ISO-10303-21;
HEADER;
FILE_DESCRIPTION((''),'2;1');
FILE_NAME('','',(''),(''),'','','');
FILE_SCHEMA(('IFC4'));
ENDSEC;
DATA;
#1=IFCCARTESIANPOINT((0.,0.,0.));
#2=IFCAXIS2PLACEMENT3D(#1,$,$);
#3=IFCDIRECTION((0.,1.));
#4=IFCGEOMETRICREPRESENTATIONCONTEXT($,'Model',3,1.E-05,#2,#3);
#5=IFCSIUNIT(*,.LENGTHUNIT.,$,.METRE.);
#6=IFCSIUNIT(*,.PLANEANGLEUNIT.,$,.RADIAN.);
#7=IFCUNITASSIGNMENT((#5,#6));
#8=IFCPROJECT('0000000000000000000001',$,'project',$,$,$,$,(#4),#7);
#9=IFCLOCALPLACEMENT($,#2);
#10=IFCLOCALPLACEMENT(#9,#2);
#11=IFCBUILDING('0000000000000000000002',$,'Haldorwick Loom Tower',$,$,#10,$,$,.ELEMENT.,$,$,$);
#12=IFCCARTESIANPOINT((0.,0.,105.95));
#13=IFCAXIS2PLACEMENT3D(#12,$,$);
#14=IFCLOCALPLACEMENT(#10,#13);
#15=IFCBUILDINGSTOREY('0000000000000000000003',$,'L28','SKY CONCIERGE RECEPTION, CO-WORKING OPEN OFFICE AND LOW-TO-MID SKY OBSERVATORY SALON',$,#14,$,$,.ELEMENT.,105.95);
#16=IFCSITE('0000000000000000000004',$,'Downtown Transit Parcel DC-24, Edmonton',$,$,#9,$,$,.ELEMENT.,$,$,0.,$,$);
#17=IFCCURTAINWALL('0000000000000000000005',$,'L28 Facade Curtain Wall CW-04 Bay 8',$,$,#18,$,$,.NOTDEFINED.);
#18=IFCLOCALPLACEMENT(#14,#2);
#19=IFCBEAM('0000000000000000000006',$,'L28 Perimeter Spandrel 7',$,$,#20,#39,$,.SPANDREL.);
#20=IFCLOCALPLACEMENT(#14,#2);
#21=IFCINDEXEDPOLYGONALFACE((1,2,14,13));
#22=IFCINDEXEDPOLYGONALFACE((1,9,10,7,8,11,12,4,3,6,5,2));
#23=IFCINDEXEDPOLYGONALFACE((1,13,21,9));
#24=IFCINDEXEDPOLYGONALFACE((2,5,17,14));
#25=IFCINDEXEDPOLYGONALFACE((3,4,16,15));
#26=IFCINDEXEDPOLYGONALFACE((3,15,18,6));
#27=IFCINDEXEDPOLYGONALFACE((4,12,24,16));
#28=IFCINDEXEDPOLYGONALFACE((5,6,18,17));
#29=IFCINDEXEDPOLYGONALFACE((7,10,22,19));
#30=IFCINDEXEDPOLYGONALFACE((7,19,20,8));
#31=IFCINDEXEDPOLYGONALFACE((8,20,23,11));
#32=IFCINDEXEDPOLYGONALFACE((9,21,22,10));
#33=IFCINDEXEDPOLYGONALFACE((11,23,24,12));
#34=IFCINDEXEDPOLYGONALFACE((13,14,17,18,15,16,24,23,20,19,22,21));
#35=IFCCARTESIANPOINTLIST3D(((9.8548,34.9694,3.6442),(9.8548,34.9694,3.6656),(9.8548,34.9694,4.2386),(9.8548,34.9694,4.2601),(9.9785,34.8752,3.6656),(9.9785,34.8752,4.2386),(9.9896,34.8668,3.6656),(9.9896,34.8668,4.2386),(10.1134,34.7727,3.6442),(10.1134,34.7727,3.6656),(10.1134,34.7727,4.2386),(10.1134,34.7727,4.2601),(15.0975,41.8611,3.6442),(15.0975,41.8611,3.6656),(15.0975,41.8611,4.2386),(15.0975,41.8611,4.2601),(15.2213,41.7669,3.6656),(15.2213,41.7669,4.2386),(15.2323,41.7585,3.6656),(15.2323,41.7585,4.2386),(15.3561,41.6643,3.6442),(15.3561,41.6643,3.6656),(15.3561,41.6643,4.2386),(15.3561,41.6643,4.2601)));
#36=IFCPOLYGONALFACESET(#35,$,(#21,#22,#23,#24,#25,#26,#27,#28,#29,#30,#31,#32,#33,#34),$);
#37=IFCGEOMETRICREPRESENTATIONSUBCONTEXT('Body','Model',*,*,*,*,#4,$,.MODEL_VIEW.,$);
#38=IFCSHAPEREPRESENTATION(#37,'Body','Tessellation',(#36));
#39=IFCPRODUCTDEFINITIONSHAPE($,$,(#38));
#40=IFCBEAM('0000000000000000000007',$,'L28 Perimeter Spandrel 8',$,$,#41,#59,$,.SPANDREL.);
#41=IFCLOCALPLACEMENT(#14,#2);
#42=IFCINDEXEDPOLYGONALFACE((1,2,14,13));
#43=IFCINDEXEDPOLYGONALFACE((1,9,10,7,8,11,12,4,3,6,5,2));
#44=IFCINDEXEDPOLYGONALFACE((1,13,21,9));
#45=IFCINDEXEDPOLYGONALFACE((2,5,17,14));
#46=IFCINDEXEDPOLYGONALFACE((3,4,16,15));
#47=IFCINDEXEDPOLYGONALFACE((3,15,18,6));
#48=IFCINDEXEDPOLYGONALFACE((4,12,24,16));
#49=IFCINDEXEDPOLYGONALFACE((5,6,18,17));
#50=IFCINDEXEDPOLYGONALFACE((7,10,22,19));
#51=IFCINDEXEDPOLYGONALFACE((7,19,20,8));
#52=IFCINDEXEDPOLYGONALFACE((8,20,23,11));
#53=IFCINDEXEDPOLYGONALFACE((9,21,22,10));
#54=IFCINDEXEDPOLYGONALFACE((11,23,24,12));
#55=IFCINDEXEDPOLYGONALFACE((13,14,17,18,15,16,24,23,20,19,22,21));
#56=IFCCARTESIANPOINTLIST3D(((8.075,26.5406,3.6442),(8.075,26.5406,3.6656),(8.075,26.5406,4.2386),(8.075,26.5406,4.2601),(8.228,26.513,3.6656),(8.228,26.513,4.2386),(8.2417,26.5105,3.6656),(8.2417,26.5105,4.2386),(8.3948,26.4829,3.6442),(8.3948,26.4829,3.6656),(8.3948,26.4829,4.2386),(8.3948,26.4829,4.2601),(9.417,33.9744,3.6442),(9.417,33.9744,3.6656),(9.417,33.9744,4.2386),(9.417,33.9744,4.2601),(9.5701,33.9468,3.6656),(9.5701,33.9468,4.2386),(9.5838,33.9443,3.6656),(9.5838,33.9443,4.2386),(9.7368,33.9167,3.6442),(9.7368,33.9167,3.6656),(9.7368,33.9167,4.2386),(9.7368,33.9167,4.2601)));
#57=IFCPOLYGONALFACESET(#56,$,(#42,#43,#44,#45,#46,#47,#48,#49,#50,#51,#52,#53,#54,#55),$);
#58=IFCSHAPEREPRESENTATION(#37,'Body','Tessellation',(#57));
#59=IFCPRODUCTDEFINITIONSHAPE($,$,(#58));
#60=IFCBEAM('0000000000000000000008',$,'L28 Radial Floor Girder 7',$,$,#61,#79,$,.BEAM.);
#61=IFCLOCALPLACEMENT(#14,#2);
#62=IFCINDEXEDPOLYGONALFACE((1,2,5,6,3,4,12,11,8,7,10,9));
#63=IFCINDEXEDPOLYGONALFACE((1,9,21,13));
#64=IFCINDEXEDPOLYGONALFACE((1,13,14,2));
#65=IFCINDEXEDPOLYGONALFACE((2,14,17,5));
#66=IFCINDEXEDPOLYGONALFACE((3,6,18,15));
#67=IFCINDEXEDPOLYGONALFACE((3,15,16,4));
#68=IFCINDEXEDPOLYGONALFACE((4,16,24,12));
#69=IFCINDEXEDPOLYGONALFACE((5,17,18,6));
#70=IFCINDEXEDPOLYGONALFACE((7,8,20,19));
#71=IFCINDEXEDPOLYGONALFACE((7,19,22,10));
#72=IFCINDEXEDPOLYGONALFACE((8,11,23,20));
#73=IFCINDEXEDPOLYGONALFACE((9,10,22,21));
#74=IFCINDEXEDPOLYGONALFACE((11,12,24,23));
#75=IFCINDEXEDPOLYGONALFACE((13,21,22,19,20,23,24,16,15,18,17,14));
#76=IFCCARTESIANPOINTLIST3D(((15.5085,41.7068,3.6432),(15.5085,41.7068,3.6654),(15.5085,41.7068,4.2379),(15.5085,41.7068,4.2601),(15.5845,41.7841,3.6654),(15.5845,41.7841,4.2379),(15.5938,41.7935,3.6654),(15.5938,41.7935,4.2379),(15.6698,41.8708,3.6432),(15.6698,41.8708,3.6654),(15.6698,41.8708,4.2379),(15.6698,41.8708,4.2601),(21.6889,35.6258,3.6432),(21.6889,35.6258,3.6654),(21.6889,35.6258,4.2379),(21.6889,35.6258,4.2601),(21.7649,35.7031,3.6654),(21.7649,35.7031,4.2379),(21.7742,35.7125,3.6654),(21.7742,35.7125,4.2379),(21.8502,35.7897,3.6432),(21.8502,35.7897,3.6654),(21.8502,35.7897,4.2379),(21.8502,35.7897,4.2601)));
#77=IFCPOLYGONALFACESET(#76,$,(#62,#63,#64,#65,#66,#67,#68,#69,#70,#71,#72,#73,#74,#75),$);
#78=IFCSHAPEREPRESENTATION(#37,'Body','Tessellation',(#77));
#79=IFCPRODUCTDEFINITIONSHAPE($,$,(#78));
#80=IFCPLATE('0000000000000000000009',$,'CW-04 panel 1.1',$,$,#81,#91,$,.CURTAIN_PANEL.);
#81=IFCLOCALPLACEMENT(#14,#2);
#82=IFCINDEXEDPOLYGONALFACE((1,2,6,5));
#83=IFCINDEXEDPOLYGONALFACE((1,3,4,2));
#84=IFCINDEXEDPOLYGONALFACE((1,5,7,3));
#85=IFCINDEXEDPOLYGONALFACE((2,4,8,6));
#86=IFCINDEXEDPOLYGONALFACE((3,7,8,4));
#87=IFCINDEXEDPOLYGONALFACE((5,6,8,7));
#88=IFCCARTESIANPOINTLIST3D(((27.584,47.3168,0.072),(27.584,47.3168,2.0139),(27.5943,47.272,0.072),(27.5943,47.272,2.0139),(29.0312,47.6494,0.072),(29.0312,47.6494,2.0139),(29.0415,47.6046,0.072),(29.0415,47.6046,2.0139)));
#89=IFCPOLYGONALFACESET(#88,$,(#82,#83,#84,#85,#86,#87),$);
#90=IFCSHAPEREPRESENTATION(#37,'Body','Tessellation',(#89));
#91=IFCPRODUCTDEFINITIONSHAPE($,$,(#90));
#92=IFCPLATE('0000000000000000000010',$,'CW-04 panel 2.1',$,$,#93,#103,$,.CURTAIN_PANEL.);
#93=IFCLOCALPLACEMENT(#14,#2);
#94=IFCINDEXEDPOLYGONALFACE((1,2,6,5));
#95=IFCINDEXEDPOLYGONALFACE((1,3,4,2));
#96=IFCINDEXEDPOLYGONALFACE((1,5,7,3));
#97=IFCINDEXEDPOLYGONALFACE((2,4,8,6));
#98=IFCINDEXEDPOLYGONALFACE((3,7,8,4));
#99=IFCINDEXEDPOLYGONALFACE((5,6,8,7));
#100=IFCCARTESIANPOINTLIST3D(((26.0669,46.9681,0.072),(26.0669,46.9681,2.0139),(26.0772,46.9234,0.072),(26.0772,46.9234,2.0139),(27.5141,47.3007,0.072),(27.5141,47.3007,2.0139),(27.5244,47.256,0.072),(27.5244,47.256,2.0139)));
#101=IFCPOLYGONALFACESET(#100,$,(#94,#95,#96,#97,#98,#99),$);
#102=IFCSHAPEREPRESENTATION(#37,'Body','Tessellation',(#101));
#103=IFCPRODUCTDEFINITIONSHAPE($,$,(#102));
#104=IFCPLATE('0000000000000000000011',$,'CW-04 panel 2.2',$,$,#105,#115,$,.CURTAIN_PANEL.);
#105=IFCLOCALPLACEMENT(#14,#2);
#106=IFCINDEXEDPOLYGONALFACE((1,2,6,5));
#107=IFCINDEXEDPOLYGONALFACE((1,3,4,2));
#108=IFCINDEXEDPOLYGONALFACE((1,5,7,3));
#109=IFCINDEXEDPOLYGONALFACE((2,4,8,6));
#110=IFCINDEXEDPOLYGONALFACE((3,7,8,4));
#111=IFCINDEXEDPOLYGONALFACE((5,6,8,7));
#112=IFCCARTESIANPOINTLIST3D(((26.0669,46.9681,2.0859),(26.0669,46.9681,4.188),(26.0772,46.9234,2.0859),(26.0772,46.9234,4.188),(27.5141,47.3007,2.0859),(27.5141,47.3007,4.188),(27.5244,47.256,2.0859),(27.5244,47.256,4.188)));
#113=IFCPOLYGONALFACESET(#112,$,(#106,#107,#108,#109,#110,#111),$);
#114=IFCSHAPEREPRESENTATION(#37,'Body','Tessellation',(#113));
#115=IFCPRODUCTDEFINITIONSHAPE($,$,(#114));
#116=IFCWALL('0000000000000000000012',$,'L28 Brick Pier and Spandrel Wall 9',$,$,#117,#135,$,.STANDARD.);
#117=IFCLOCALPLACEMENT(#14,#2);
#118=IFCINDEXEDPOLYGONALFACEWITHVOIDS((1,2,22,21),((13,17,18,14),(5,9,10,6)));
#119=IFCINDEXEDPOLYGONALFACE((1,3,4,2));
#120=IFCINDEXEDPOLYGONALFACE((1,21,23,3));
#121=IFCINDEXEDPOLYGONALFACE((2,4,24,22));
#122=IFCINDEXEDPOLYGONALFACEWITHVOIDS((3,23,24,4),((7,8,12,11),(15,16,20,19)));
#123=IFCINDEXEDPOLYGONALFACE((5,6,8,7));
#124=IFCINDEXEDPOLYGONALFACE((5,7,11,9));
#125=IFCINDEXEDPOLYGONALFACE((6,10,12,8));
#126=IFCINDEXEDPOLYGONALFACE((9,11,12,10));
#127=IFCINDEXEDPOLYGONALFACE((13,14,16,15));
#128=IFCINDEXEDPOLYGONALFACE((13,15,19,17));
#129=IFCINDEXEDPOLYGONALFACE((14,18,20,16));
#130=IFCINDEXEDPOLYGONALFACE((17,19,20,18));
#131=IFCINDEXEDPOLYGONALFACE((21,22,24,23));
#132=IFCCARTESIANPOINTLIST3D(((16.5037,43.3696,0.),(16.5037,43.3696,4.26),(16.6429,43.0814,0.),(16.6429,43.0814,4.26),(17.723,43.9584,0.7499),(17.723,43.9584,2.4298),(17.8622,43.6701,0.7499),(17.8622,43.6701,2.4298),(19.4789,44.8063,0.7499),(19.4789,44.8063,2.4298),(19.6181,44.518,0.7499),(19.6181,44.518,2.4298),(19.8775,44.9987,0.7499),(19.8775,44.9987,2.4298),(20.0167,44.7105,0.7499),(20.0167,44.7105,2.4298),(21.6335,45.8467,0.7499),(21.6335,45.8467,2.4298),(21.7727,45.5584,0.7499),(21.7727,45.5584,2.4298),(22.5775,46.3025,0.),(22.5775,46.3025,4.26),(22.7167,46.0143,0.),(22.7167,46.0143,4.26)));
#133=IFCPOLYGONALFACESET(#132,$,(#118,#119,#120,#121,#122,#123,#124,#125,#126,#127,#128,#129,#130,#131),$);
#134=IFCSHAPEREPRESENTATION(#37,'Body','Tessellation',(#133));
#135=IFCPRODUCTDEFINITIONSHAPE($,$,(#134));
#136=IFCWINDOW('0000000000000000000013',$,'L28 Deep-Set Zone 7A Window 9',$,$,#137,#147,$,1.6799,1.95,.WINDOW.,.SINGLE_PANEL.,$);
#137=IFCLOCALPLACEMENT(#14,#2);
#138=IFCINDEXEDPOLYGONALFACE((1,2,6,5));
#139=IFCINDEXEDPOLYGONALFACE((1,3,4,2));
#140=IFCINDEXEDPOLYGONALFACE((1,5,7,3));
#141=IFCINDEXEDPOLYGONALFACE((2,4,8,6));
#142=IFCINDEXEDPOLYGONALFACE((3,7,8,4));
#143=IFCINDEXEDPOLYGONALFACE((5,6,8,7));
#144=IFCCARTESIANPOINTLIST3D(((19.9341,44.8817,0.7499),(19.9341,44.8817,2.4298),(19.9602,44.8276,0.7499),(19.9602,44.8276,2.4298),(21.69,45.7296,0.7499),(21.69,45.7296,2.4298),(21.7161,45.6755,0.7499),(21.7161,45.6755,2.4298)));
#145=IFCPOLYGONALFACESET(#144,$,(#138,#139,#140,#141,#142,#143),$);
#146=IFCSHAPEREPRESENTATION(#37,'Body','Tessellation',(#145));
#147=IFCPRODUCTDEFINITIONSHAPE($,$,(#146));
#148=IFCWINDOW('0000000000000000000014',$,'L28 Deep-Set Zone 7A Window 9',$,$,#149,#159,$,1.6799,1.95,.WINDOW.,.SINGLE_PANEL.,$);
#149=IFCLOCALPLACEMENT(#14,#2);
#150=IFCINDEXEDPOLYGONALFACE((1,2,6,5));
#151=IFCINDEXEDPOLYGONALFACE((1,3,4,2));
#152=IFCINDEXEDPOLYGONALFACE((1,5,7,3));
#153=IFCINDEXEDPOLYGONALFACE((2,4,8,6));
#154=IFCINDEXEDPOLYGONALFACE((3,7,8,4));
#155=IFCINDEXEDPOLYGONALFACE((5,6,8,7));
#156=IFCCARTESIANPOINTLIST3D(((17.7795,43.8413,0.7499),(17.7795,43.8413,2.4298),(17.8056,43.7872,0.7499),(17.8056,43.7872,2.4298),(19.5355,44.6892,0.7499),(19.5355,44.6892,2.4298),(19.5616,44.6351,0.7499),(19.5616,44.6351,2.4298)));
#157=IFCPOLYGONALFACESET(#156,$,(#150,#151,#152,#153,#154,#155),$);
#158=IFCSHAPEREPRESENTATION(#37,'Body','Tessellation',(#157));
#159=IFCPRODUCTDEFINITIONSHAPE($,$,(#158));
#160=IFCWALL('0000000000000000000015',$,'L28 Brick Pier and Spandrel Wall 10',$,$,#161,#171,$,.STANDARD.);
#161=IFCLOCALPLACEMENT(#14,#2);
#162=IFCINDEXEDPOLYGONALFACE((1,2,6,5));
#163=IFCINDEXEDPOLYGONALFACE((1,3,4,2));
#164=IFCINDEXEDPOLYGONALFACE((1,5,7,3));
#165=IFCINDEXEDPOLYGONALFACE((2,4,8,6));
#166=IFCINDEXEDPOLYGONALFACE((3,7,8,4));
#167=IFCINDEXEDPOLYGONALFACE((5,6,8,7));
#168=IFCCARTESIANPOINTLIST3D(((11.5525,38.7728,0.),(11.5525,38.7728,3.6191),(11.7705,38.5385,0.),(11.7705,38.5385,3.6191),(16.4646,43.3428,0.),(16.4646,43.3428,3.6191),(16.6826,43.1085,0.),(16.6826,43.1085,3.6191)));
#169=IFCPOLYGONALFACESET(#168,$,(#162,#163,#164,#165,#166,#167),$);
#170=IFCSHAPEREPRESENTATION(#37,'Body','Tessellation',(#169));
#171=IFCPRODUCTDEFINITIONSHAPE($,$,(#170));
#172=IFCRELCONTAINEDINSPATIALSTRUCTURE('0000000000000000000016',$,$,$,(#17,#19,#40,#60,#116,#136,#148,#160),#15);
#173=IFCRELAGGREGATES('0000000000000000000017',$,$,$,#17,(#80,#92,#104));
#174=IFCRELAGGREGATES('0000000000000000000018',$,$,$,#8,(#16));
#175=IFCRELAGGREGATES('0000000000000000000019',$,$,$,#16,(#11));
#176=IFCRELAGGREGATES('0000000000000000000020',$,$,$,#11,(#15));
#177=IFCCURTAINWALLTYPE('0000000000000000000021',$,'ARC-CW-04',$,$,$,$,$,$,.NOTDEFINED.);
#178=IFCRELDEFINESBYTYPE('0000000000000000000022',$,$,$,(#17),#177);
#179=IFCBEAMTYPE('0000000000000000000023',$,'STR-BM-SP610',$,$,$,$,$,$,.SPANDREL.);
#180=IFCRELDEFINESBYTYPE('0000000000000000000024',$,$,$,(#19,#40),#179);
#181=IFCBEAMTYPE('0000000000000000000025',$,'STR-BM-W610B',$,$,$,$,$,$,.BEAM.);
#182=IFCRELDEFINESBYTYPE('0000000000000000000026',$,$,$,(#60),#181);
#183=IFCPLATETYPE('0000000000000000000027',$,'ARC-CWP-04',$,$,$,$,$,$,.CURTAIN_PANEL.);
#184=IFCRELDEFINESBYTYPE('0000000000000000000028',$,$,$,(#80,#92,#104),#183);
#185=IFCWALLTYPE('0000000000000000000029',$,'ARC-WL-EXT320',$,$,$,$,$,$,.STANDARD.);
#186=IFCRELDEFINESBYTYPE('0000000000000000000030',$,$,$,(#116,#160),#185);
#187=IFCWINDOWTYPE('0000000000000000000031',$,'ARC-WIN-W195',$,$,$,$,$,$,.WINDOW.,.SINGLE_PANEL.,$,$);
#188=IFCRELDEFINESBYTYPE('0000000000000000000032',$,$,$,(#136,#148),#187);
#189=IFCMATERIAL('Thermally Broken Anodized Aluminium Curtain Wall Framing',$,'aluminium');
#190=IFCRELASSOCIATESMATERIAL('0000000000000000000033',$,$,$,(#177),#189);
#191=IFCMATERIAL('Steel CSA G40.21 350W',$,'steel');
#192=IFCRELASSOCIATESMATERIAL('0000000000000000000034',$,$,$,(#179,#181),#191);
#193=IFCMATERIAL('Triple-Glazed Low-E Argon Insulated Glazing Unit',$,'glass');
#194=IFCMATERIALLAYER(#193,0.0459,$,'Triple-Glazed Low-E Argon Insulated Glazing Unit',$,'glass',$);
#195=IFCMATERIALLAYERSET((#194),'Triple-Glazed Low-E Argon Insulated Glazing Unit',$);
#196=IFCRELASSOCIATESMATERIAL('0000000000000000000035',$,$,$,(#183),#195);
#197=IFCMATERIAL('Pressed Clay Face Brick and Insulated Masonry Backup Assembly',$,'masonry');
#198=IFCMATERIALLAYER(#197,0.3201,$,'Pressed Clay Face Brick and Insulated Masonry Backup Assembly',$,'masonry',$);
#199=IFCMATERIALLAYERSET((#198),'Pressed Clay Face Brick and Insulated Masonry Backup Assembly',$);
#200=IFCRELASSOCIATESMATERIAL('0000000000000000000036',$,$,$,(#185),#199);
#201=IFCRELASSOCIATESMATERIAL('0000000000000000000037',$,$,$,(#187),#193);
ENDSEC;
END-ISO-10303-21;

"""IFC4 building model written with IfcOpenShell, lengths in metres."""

from ifc_helpers import new_model, si_unit, direction, frame, frame_2d, origin, origin_2d, place, context, subcontext, project, spatial, rectangle, i_section, extrude, material, layer, layer_set, material_profile, profile_set, type_object, element, fill, aggregate, save


model = new_model("IFC4")

# Units and contexts
model_context = context("Model", 3, precision=1e-05, world=origin(), true_north=direction((0.0, 1.0)))
body_context = subcontext(model_context, "Body", "Model", "MODEL_VIEW")
ifc_project = project(units=[si_unit("LENGTHUNIT", "METRE"), si_unit("PLANEANGLEUNIT", "RADIAN")], contexts=[model_context])

# Site, building, storey
site_placement = place(None, origin())
site = spatial("IfcSite", under=ifc_project, at=site_placement, Name="Downtown Transit Parcel DC-24, Edmonton", CompositionType="ELEMENT", RefElevation=0.0)
building_placement = place(site_placement, origin())
building = spatial("IfcBuilding", under=site, at=building_placement, Name="Haldorwick Loom Tower", CompositionType="ELEMENT")
storey_placement = place(building_placement, frame((0.0, 0.0, 105.95)))
storey = spatial("IfcBuildingStorey", under=building, at=storey_placement, Name="L28", Description="SKY CONCIERGE RECEPTION, CO-WORKING OPEN OFFICE AND LOW-TO-MID SKY OBSERVATORY SALON", CompositionType="ELEMENT", Elevation=105.95)

# Curtain wall
ifc_material_1 = material(Name="Thermally Broken Anodized Aluminium Curtain Wall Framing", Category="aluminium")
curtain_wall_type = type_object("IfcCurtainWallType", Name="ARC-CW-04", PredefinedType="NOTDEFINED", material=ifc_material_1)
curtain_wall_placement = place(storey_placement, origin())
curtain_wall = element("IfcCurtainWall", 1, at=curtain_wall_placement, inside=storey, type_object=curtain_wall_type, Name="L28 Facade Curtain Wall CW-04 Bay 8", PredefinedType="NOTDEFINED")

# Beams
ifc_material_2 = material(Name="Steel CSA G40.21 350W", Category="steel")
ifc_material_profile_1 = material_profile(ifc_material_2, i_section(OverallWidth=0.325, OverallDepth=0.616, WebThickness=0.0139, FlangeThickness=0.0215, at=origin_2d()), Name="W610X174", Category="steel")
ifc_profile_set_1 = profile_set([ifc_material_profile_1], Name="Steel CSA G40.21 350W")
beam_type_1 = type_object("IfcBeamType", Name="STR-BM-SP610", PredefinedType="SPANDREL", material=ifc_profile_set_1)
beam_1_placement = place(storey_placement, frame((15.2268, 41.7627, 3.9521), z_axis=(-0.605454, -0.795881, 0.0), x_axis=(0.795881, -0.605454, 0.0)))
element("IfcBeam", 2, at=beam_1_placement, inside=storey, type_object=beam_type_1, Name="L28 Perimeter Spandrel 7", PredefinedType="SPANDREL", context=body_context, shape_type="SweptSolid", body=[
    extrude(i_section(OverallWidth=0.325, OverallDepth=0.616, WebThickness=0.0139, FlangeThickness=0.0215, at=origin_2d()), origin(), (0.0, 0.0, 1.0), 8.6592),
])
beam_2_placement = place(storey_placement, frame((9.5769, 33.9456, 3.9521), z_axis=(-0.177659, -0.984092, 0.0), x_axis=(0.984092, -0.177659, 0.0)))
element("IfcBeam", 3, at=beam_2_placement, inside=storey, type_object=beam_type_1, Name="L28 Perimeter Spandrel 8", PredefinedType="SPANDREL", context=body_context, shape_type="SweptSolid", body=[
    extrude(i_section(OverallWidth=0.325, OverallDepth=0.616, WebThickness=0.0139, FlangeThickness=0.0215, at=origin_2d()), origin(), (0.0, 0.0, 1.0), 7.554),
])
ifc_material_profile_2 = material_profile(ifc_material_2, i_section(OverallWidth=0.23, OverallDepth=0.6169, WebThickness=0.0132, FlangeThickness=0.0222, at=origin_2d()), Name="W610X140", Category="steel")
ifc_profile_set_2 = profile_set([ifc_material_profile_2], Name="Steel CSA G40.21 350W")
beam_type_2 = type_object("IfcBeamType", Name="STR-BM-W610B", PredefinedType="BEAM", material=ifc_profile_set_2)
beam_3_placement = place(storey_placement, frame((21.7695, 35.7078, 3.9517), z_axis=(-0.712814, 0.701353, 0.0), x_axis=(-0.701353, -0.712814, 0.0)))
element("IfcBeam", 4, at=beam_3_placement, inside=storey, type_object=beam_type_2, Name="L28 Radial Floor Girder 7", PredefinedType="BEAM", context=body_context, shape_type="SweptSolid", body=[
    extrude(i_section(OverallWidth=0.23, OverallDepth=0.6169, WebThickness=0.0132, FlangeThickness=0.0222, at=origin_2d()), origin(), (0.0, 0.0, 1.0), 8.6704),
])

# Plates
ifc_material_3 = material(Name="Triple-Glazed Low-E Argon Insulated Glazing Unit", Category="glass")
ifc_layer_1 = layer(ifc_material_3, 0.0459, Name="Triple-Glazed Low-E Argon Insulated Glazing Unit", Category="glass")
ifc_layer_set_1 = layer_set([ifc_layer_1], Name="Triple-Glazed Low-E Argon Insulated Glazing Unit")
plate_type = type_object("IfcPlateType", Name="ARC-CWP-04", PredefinedType="CURTAIN_PANEL", material=ifc_layer_set_1)
plate_1_placement = place(storey_placement, frame((28.3127, 47.4607, 0.072), z_axis=(0.0, 0.0, 1.0), x_axis=(-0.974593, -0.223981, 0.0)))
plate_1 = element("IfcPlate", 5, at=plate_1_placement, type_object=plate_type, Name="CW-04 panel 1.1", PredefinedType="CURTAIN_PANEL", context=body_context, shape_type="SweptSolid", body=[
    extrude(rectangle(XDim=1.4849, YDim=0.0459, at=origin_2d()), origin(), (0.0, 0.0, 1.0), 1.9419),
])
plate_2_placement = place(storey_placement, frame((26.7957, 47.1121, 0.072), z_axis=(0.0, 0.0, 1.0), x_axis=(-0.974593, -0.223981, 0.0)))
plate_2 = element("IfcPlate", 6, at=plate_2_placement, type_object=plate_type, Name="CW-04 panel 2.1", PredefinedType="CURTAIN_PANEL", context=body_context, shape_type="SweptSolid", body=[
    extrude(rectangle(XDim=1.4849, YDim=0.0459, at=origin_2d()), origin(), (0.0, 0.0, 1.0), 1.9419),
])
plate_3_placement = place(storey_placement, frame((26.7957, 47.1121, 2.0859), z_axis=(0.0, 0.0, 1.0), x_axis=(-0.974593, -0.223981, 0.0)))
plate_3 = element("IfcPlate", 7, at=plate_3_placement, type_object=plate_type, Name="CW-04 panel 2.2", PredefinedType="CURTAIN_PANEL", context=body_context, shape_type="SweptSolid", body=[
    extrude(rectangle(XDim=1.4849, YDim=0.0459, at=origin_2d()), origin(), (0.0, 0.0, 1.0), 2.1021),
])
aggregate(curtain_wall, [plate_1, plate_2, plate_3])

# Wall, openings, windows
ifc_material_4 = material(Name="Pressed Clay Face Brick and Insulated Masonry Backup Assembly", Category="masonry")
ifc_layer_2 = layer(ifc_material_4, 0.3201, Name="Pressed Clay Face Brick and Insulated Masonry Backup Assembly", Category="masonry")
ifc_layer_set_2 = layer_set([ifc_layer_2], Name="Pressed Clay Face Brick and Insulated Masonry Backup Assembly")
wall_type_1 = type_object("IfcWallType", Name="ARC-WL-EXT320", PredefinedType="STANDARD", material=ifc_layer_set_2)
wall_1_placement = place(storey_placement, frame((22.6472, 46.1584, 0.0), z_axis=(0.0, 0.0, 1.0), x_axis=(-0.90051, -0.434835, 0.0)))
wall_1 = element("IfcWall", 8, at=wall_1_placement, inside=storey, type_object=wall_type_1, Name="L28 Brick Pier and Spandrel Wall 9", PredefinedType="STANDARD", context=body_context, shape_type="SweptSolid", body=[
    extrude(rectangle(XDim=6.7449, YDim=0.3201, at=frame_2d((3.3726, 0.0))), origin(), (0.0, 0.0, 1.0), 4.26),
])
opening_1_placement = place(wall_1_placement, frame((1.0483, 0.0, 0.75)))
opening_1 = element("IfcOpeningElement", 9, at=opening_1_placement, cuts=wall_1, PredefinedType="OPENING", context=body_context, shape_type="SweptSolid", body=[
    extrude(rectangle(XDim=1.95, YDim=1.6799, at=frame_2d((0.9751, 0.8398))), frame((0.0, 0.1699, 0.0), z_axis=(0.0, -1.0, 0.0), x_axis=(1.0, 0.0, 0.0)), (0.0, 0.0, 1.0), 0.3401),
])
opening_2_placement = place(wall_1_placement, frame((3.4409, 0.0, 0.75)))
opening_2 = element("IfcOpeningElement", 10, at=opening_2_placement, cuts=wall_1, PredefinedType="OPENING", context=body_context, shape_type="SweptSolid", body=[
    extrude(rectangle(XDim=1.95, YDim=1.6799, at=frame_2d((0.9751, 0.8398))), frame((0.0, 0.1699, 0.0), z_axis=(0.0, -1.0, 0.0), x_axis=(1.0, 0.0, 0.0)), (0.0, 0.0, 1.0), 0.3401),
])
window_type = type_object("IfcWindowType", Name="ARC-WIN-W195", PartitioningType="SINGLE_PANEL", PredefinedType="WINDOW", material=ifc_material_3)
window_1_placement = place(opening_1_placement, origin())
window_1 = element("IfcWindow", 11, at=window_1_placement, inside=storey, type_object=window_type, Name="L28 Deep-Set Zone 7A Window 9", OverallHeight=1.6799, OverallWidth=1.95, PartitioningType="SINGLE_PANEL", PredefinedType="WINDOW", context=body_context, shape_type="SweptSolid", body=[
    extrude(rectangle(XDim=1.95, YDim=1.6799, at=frame_2d((0.9751, 0.8398))), frame((0.0, 0.03, 0.0), z_axis=(0.0, -1.0, 0.0), x_axis=(1.0, 0.0, 0.0)), (0.0, 0.0, 1.0), 0.0601),
])
fill(opening_1, window_1)
window_2_placement = place(opening_2_placement, origin())
window_2 = element("IfcWindow", 12, at=window_2_placement, inside=storey, type_object=window_type, Name="L28 Deep-Set Zone 7A Window 9", OverallHeight=1.6799, OverallWidth=1.95, PartitioningType="SINGLE_PANEL", PredefinedType="WINDOW", context=body_context, shape_type="SweptSolid", body=[
    extrude(rectangle(XDim=1.95, YDim=1.6799, at=frame_2d((0.9751, 0.8398))), frame((0.0, 0.03, 0.0), z_axis=(0.0, -1.0, 0.0), x_axis=(1.0, 0.0, 0.0)), (0.0, 0.0, 1.0), 0.0601),
])
fill(opening_2, window_2)

# Wall
wall_2_placement = place(storey_placement, frame((16.5735, 43.2256, 0.0), z_axis=(0.0, 0.0, 1.0), x_axis=(-0.732137, -0.681157, 0.0)))
element("IfcWall", 13, at=wall_2_placement, inside=storey, type_object=wall_type_1, Name="L28 Brick Pier and Spandrel Wall 10", PredefinedType="STANDARD", context=body_context, shape_type="SweptSolid", body=[
    extrude(rectangle(XDim=6.7092, YDim=0.3201, at=frame_2d((3.3545, 0.0))), origin(), (0.0, 0.0, 1.0), 3.6191),
])

save(model, "model.ifc")
